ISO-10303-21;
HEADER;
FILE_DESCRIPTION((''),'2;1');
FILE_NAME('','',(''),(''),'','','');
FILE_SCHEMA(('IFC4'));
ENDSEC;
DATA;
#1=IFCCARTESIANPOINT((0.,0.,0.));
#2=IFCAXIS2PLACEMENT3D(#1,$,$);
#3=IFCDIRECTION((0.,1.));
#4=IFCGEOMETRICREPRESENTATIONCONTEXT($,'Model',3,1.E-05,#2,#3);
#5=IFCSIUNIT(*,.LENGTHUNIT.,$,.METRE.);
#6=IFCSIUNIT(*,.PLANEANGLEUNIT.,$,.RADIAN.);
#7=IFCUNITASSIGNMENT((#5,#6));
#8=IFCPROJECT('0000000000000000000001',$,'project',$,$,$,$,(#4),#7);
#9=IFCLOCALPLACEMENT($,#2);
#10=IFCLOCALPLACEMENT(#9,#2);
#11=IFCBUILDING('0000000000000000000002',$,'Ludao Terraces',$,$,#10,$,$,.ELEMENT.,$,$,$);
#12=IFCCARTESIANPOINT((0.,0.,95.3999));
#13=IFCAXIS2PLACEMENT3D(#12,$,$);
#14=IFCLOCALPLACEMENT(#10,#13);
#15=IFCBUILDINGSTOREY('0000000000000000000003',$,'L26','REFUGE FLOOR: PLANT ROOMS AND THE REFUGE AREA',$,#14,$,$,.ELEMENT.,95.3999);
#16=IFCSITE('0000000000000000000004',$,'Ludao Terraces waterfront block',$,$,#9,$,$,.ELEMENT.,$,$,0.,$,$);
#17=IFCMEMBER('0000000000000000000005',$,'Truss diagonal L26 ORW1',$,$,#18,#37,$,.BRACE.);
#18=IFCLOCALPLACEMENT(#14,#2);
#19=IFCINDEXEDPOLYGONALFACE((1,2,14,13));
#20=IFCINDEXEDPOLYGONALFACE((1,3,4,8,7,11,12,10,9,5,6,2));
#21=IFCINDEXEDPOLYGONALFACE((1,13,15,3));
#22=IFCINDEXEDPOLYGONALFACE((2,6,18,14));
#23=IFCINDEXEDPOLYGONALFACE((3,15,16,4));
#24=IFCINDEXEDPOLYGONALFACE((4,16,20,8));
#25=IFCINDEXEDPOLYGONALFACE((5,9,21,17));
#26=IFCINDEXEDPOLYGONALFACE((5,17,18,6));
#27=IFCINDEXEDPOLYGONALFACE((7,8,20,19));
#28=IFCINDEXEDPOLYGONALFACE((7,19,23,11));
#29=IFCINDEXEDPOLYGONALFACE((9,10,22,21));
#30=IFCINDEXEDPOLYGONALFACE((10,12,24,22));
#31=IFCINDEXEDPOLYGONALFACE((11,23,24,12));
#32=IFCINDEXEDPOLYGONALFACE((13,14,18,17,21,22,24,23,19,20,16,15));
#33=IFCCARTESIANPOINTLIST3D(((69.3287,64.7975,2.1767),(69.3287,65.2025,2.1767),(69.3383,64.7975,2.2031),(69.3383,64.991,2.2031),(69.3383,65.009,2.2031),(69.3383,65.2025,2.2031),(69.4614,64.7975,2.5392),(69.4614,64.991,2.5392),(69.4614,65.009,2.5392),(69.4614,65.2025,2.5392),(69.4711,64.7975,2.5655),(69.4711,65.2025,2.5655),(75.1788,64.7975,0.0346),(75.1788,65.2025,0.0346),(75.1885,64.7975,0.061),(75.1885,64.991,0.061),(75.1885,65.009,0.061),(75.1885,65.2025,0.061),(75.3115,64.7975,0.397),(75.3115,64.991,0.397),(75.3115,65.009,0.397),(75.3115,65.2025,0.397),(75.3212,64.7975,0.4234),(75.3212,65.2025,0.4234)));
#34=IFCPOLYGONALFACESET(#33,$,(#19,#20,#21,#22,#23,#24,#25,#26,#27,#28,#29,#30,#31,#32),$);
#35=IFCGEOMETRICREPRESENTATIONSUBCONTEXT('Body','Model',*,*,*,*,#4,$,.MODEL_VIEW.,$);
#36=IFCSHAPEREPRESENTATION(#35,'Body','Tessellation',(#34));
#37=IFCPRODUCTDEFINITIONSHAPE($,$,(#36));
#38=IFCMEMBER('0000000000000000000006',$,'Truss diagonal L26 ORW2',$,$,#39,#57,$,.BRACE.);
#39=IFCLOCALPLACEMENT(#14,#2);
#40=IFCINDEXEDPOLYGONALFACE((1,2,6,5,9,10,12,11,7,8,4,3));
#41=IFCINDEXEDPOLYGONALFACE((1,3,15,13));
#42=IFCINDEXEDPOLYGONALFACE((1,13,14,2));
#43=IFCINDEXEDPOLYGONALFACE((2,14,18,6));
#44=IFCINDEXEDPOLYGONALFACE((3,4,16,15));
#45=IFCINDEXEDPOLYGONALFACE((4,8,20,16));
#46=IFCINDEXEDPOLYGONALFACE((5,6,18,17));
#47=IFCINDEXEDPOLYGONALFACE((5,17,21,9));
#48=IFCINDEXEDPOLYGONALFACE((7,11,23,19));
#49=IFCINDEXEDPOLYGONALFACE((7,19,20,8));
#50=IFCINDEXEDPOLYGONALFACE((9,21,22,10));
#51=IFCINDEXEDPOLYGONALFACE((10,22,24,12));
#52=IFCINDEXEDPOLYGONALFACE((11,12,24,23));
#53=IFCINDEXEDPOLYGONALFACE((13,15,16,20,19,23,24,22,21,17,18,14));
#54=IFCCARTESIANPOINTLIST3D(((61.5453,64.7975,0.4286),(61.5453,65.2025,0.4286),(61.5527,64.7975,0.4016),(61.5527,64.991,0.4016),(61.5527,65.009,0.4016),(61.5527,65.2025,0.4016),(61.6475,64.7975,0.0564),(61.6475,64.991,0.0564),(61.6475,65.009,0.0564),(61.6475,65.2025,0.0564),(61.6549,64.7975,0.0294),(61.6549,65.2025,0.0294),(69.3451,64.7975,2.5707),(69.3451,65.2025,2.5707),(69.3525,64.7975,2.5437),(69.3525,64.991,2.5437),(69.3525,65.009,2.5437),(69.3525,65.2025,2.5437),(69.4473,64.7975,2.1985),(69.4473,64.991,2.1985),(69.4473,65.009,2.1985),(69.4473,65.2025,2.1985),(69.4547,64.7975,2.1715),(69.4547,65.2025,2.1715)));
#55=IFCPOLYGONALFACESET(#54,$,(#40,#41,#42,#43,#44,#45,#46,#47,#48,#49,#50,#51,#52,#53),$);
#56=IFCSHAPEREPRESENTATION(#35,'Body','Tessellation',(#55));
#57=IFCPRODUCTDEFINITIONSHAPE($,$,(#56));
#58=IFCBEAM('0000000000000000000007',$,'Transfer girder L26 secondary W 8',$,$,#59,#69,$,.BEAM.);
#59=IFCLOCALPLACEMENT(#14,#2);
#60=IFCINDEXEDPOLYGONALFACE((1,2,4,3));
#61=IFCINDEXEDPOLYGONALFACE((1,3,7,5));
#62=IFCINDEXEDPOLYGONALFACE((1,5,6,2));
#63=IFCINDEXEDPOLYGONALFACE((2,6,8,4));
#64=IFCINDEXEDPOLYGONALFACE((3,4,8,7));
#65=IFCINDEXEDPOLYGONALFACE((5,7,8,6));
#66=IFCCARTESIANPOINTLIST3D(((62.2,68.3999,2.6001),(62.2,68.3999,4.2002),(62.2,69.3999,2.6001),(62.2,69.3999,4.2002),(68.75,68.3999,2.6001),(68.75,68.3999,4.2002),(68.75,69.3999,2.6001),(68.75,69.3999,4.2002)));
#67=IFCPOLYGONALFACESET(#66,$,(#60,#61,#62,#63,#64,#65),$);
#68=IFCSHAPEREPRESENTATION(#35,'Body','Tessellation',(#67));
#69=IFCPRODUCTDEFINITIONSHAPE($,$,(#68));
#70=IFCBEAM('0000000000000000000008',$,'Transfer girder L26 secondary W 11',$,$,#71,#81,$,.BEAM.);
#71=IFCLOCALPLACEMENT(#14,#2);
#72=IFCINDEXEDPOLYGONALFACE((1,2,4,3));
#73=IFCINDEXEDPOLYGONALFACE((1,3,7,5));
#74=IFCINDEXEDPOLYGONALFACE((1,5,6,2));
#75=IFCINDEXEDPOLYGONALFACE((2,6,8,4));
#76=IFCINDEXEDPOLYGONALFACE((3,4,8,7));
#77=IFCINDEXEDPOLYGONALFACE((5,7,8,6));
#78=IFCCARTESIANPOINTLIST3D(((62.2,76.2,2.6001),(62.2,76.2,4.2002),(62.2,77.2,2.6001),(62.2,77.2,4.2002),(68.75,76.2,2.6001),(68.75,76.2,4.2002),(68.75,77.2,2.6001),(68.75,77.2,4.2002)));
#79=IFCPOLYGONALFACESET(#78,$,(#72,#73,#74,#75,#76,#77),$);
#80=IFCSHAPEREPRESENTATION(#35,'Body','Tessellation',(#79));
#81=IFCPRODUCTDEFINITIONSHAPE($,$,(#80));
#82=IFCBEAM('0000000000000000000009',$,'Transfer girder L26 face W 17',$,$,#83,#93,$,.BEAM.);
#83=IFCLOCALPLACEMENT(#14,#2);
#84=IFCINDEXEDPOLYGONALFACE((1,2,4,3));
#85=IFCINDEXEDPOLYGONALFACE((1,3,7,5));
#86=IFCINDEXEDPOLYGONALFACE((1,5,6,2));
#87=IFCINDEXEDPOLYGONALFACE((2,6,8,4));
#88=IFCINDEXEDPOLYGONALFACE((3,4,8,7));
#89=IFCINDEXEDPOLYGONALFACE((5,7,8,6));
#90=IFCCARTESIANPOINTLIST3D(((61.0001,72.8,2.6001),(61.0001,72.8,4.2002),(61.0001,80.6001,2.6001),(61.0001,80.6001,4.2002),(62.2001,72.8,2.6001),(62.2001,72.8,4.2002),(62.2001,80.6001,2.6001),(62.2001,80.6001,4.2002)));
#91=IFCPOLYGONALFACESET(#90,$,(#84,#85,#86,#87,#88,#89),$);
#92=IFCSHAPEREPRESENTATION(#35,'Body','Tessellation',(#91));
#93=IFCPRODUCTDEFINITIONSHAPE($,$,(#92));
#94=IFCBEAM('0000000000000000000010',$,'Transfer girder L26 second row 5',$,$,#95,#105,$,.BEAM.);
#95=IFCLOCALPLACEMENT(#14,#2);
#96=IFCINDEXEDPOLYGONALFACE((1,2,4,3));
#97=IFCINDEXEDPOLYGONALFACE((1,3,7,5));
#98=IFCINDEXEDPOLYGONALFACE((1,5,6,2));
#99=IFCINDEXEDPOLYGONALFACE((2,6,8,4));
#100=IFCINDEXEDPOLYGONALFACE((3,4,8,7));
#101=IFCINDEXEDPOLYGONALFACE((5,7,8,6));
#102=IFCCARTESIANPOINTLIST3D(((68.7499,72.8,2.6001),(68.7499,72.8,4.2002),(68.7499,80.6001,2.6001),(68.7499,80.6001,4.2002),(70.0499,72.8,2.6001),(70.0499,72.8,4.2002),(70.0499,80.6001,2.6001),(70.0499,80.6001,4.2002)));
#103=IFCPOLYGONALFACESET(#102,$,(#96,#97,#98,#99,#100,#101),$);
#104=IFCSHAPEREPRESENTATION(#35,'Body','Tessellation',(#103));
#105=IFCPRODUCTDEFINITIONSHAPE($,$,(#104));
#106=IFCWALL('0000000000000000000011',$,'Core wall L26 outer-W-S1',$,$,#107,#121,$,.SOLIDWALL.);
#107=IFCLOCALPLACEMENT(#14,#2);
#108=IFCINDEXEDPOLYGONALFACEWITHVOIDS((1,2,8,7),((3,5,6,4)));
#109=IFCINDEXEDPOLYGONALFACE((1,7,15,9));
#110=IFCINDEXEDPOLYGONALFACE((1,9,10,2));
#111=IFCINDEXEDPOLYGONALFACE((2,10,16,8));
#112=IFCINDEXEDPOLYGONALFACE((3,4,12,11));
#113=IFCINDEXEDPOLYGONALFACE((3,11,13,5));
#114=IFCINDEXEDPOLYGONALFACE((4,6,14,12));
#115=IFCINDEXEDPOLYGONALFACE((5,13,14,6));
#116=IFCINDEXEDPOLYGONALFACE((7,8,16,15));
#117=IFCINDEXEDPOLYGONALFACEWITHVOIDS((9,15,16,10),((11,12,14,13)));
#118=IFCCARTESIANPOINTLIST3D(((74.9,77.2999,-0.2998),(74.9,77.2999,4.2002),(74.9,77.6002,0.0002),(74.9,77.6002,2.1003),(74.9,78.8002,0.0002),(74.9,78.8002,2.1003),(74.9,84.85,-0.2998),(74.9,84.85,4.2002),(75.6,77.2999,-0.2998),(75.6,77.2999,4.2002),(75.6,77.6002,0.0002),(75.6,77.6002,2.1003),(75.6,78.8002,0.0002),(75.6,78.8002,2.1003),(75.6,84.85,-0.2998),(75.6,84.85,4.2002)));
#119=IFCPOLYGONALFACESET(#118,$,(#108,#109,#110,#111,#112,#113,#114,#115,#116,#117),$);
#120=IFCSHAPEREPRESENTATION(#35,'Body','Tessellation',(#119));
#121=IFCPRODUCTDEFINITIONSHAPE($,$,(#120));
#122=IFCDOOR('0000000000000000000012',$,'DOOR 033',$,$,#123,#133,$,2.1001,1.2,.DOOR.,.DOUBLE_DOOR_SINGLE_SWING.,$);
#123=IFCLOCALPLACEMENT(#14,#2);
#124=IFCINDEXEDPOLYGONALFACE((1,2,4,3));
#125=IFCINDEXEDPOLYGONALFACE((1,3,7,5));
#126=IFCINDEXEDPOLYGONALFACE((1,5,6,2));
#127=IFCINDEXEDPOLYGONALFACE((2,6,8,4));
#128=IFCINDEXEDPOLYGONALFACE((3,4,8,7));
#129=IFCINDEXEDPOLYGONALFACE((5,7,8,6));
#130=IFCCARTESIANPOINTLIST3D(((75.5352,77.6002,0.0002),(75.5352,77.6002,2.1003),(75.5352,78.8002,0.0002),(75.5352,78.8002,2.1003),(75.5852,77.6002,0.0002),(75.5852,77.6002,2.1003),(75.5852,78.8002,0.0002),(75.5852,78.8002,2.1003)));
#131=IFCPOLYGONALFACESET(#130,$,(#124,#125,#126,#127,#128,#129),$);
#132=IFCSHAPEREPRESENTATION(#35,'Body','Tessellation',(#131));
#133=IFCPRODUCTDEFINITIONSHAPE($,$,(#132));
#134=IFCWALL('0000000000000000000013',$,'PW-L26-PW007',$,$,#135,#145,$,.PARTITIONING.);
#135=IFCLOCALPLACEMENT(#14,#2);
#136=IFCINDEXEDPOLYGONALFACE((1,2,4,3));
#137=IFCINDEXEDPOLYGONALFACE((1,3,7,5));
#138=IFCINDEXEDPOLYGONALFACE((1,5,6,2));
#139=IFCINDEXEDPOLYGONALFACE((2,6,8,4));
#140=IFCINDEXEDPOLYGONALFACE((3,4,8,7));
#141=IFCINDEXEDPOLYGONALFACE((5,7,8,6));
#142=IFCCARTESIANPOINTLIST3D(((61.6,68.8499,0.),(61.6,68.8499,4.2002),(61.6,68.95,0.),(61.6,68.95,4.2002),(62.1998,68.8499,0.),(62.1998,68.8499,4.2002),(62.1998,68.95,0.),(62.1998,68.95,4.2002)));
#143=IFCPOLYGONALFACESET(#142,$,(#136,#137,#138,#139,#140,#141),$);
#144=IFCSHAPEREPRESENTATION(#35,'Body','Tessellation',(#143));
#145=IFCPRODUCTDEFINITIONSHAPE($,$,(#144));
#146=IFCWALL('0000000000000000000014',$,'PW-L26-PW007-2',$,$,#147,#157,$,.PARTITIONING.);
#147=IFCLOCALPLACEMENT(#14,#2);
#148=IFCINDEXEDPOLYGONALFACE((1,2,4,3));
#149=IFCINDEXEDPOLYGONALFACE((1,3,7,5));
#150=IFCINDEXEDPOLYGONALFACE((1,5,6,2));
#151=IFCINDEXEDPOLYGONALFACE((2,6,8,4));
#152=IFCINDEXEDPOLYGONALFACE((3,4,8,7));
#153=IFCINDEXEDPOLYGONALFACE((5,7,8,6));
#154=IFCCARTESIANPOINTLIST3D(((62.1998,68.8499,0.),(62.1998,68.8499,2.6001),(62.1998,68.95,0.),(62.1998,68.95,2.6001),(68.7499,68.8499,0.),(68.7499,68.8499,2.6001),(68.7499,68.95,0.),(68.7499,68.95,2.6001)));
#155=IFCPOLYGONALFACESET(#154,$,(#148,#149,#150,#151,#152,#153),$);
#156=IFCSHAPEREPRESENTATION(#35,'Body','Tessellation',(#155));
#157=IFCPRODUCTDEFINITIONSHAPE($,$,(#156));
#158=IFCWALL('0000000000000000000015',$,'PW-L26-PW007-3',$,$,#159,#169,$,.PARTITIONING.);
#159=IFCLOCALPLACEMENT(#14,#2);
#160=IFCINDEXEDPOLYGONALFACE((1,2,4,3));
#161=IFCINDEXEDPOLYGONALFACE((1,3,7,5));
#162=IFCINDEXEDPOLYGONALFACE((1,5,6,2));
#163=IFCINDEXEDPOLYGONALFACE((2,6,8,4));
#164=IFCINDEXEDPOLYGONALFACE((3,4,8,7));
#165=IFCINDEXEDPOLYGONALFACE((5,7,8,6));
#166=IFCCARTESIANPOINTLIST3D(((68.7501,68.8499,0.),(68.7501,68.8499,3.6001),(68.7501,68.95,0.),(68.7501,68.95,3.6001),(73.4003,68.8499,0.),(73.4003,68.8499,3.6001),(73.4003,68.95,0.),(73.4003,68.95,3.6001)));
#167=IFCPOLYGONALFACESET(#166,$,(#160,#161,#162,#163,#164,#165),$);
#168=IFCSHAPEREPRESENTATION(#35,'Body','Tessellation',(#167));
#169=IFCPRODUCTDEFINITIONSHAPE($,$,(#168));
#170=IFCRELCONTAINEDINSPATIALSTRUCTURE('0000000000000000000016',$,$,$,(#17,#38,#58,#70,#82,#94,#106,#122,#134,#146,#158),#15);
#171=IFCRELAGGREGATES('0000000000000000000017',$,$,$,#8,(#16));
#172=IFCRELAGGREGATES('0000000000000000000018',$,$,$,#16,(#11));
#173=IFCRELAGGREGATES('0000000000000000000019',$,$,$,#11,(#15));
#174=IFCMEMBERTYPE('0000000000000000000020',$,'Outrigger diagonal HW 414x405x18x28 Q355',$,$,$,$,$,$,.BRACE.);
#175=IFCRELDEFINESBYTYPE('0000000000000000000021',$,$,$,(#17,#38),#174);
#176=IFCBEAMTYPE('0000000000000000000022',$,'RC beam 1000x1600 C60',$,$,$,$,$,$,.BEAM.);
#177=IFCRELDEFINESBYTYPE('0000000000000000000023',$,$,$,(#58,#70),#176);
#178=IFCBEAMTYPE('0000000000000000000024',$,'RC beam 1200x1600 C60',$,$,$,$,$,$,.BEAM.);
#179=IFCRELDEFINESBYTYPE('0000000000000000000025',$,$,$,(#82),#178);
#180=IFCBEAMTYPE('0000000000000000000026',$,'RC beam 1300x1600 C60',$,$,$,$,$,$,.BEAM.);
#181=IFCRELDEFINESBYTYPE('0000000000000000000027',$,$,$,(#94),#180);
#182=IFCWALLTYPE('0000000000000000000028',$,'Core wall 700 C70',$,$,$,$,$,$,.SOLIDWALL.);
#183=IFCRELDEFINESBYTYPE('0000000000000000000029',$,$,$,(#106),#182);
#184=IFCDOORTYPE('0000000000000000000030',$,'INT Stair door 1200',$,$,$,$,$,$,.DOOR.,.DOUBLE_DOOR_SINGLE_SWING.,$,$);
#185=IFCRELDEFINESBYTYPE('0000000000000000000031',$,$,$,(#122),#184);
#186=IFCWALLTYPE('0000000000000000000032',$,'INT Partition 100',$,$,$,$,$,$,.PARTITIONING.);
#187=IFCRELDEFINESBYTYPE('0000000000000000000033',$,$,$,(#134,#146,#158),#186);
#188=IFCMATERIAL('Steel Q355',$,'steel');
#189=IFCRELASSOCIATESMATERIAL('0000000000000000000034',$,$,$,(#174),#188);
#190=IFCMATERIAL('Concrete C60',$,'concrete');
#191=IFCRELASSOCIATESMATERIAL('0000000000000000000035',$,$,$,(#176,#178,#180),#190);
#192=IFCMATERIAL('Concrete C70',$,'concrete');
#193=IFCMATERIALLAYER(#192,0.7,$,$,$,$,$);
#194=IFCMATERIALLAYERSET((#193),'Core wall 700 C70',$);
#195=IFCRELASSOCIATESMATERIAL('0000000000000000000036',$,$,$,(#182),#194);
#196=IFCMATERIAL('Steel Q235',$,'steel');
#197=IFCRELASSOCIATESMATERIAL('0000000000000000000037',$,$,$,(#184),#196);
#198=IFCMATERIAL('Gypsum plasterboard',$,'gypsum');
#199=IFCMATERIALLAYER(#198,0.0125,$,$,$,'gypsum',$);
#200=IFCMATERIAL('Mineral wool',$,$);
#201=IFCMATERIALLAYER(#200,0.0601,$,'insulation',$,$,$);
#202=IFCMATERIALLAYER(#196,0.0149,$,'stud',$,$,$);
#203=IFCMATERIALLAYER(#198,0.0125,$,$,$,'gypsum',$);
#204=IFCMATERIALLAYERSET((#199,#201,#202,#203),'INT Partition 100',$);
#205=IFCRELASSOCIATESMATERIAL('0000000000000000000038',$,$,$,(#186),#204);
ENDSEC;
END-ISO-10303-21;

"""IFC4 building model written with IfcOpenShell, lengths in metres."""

from ifc_helpers import new_model, si_unit, direction, frame, frame_2d, origin, origin_2d, place, context, subcontext, project, spatial, rectangle, i_section, extrude, material, layer, layer_set, material_profile, profile_set, type_object, element, fill, save


model = new_model("IFC4")

# Units and contexts
model_context = context("Model", 3, precision=1e-05, world=origin(), true_north=direction((0.0, 1.0)))
body_context = subcontext(model_context, "Body", "Model", "MODEL_VIEW")
ifc_project = project(units=[si_unit("LENGTHUNIT", "METRE"), si_unit("PLANEANGLEUNIT", "RADIAN")], contexts=[model_context])

# Site, building, storey
site_placement = place(None, origin())
site = spatial("IfcSite", under=ifc_project, at=site_placement, Name="Ludao Terraces waterfront block", CompositionType="ELEMENT", RefElevation=0.0)
building_placement = place(site_placement, origin())
building = spatial("IfcBuilding", under=site, at=building_placement, Name="Ludao Terraces", CompositionType="ELEMENT")
storey_placement = place(building_placement, frame((0.0, 0.0, 95.3999)))
storey = spatial("IfcBuildingStorey", under=building, at=storey_placement, Name="L26", Description="REFUGE FLOOR: PLANT ROOMS AND THE REFUGE AREA", CompositionType="ELEMENT", Elevation=95.3999)

# Members
ifc_material_1 = material(Name="Steel Q355", Category="steel")
ifc_material_profile_1 = material_profile(ifc_material_1, i_section(OverallWidth=0.405, OverallDepth=0.4141, WebThickness=0.0181, FlangeThickness=0.0281, at=origin_2d()), Name="HW 414X405X18X28")
ifc_profile_set_1 = profile_set([ifc_material_profile_1], Name="Steel Q355")
member_type_1 = type_object("IfcMemberType", Name="Outrigger diagonal HW 414x405x18x28 Q355", PredefinedType="BRACE", material=ifc_profile_set_1)
member_1_placement = place(storey_placement, frame((75.25, 65.0, 0.229), z_axis=(-0.939029, 0.0, 0.343838), x_axis=(0.0, -1.0, 0.0)))
element("IfcMember", 1, at=member_1_placement, inside=storey, type_object=member_type_1, Name="Truss diagonal L26 ORW1", PredefinedType="BRACE", context=body_context, shape_type="SweptSolid", body=[
    extrude(i_section(OverallWidth=0.405, OverallDepth=0.4141, WebThickness=0.0181, FlangeThickness=0.0281, at=origin_2d()), origin(), (0.0, 0.0, 1.0), 6.23),
])
member_2_placement = place(storey_placement, frame((69.3999, 65.0, 2.3711), z_axis=(-0.964296, 0.0, -0.264828), x_axis=(0.0, -1.0, 0.0)))
element("IfcMember", 2, at=member_2_placement, inside=storey, type_object=member_type_1, Name="Truss diagonal L26 ORW2", PredefinedType="BRACE", context=body_context, shape_type="SweptSolid", body=[
    extrude(i_section(OverallWidth=0.405, OverallDepth=0.4141, WebThickness=0.0181, FlangeThickness=0.0281, at=origin_2d()), origin(), (0.0, 0.0, 1.0), 8.0886),
])

# Beams
ifc_material_2 = material(Name="Concrete C60", Category="concrete")
ifc_material_profile_2 = material_profile(ifc_material_2, rectangle(XDim=1.0, YDim=1.6001, at=origin_2d()), Name="1000 X 1600")
ifc_profile_set_2 = profile_set([ifc_material_profile_2], Name="Concrete C60")
beam_type_1 = type_object("IfcBeamType", Name="RC beam 1000x1600 C60", PredefinedType="BEAM", material=ifc_profile_set_2)
for number, where, z_axis, x_axis, name in (
    (3, (62.2, 68.8999, 3.4001), (1.0, 0.0, 0.0), (0.0, 1.0, 0.0), "Transfer girder L26 secondary W 8"),
    (4, (62.2, 76.7, 3.4001), (1.0, 0.0, 0.0), (0.0, 1.0, 0.0), "Transfer girder L26 secondary W 11"),
):
    element("IfcBeam", number, at=place(storey_placement, frame(where, z_axis=z_axis, x_axis=x_axis)), inside=storey, type_object=beam_type_1, Name=name, PredefinedType="BEAM", context=body_context, shape_type="SweptSolid", body=[
        extrude(rectangle(XDim=1.0, YDim=1.6001, at=origin_2d()), origin(), (0.0, 0.0, 1.0), 6.55),
    ])
ifc_material_profile_3 = material_profile(ifc_material_2, rectangle(XDim=1.2, YDim=1.6001, at=origin_2d()), Name="1200 X 1600")
ifc_profile_set_3 = profile_set([ifc_material_profile_3], Name="Concrete C60")
beam_type_2 = type_object("IfcBeamType", Name="RC beam 1200x1600 C60", PredefinedType="BEAM", material=ifc_profile_set_3)
beam_1_placement = place(storey_placement, frame((61.6001, 72.8, 3.4001), z_axis=(0.0, 1.0, 0.0), x_axis=(-1.0, 0.0, 0.0)))
element("IfcBeam", 5, at=beam_1_placement, inside=storey, type_object=beam_type_2, Name="Transfer girder L26 face W 17", PredefinedType="BEAM", context=body_context, shape_type="SweptSolid", body=[
    extrude(rectangle(XDim=1.2, YDim=1.6001, at=origin_2d()), origin(), (0.0, 0.0, 1.0), 7.8),
])
ifc_material_profile_4 = material_profile(ifc_material_2, rectangle(XDim=1.3, YDim=1.6001, at=origin_2d()), Name="1300 X 1600")
ifc_profile_set_4 = profile_set([ifc_material_profile_4], Name="Concrete C60")
beam_type_3 = type_object("IfcBeamType", Name="RC beam 1300x1600 C60", PredefinedType="BEAM", material=ifc_profile_set_4)
beam_2_placement = place(storey_placement, frame((69.3999, 72.8, 3.4001), z_axis=(0.0, 1.0, 0.0), x_axis=(-1.0, 0.0, 0.0)))
element("IfcBeam", 6, at=beam_2_placement, inside=storey, type_object=beam_type_3, Name="Transfer girder L26 second row 5", PredefinedType="BEAM", context=body_context, shape_type="SweptSolid", body=[
    extrude(rectangle(XDim=1.3, YDim=1.6001, at=origin_2d()), origin(), (0.0, 0.0, 1.0), 7.8),
])

# Wall, opening, door
ifc_material_3 = material(Name="Concrete C70", Category="concrete")
ifc_layer_1 = layer(ifc_material_3, 0.7)
ifc_layer_set_1 = layer_set([ifc_layer_1], Name="Core wall 700 C70")
wall_type_1 = type_object("IfcWallType", Name="Core wall 700 C70", PredefinedType="SOLIDWALL", material=ifc_layer_set_1)
wall_1_placement = place(storey_placement, frame((75.25, 77.3, -0.2998), z_axis=(0.0, 0.0, 1.0), x_axis=(0.0, 1.0, 0.0)))
wall_1 = element("IfcWall", 7, at=wall_1_placement, inside=storey, type_object=wall_type_1, Name="Core wall L26 outer-W-S1", PredefinedType="SOLIDWALL", context=body_context, shape_type="SweptSolid", body=[
    extrude(rectangle(XDim=7.55, YDim=0.7, at=frame_2d((3.7749, 0.0))), origin(), (0.0, 0.0, 1.0), 4.5),
])
opening_placement = place(wall_1_placement, frame((0.3, 0.0, 0.3)))
opening = element("IfcOpeningElement", 8, at=opening_placement, cuts=wall_1, PredefinedType="OPENING", context=body_context, shape_type="SweptSolid", body=[
    extrude(rectangle(XDim=1.2, YDim=2.1001, at=frame_2d((0.6001, 1.05))), frame((0.0, 0.3599, 0.0), z_axis=(0.0, -1.0, 0.0), x_axis=(1.0, 0.0, 0.0)), (0.0, 0.0, 1.0), 0.72),
])
ifc_material_4 = material(Name="Steel Q235", Category="steel")
door_type = type_object("IfcDoorType", Name="INT Stair door 1200", OperationType="DOUBLE_DOOR_SINGLE_SWING", PredefinedType="DOOR", material=ifc_material_4)
door_placement = place(opening_placement, origin())
door = element("IfcDoor", 9, at=door_placement, inside=storey, type_object=door_type, Name="DOOR 033", OperationType="DOUBLE_DOOR_SINGLE_SWING", OverallHeight=2.1001, OverallWidth=1.2, PredefinedType="DOOR", context=body_context, shape_type="SweptSolid", body=[
    extrude(rectangle(XDim=1.2, YDim=2.1001, at=frame_2d((0.6001, 1.05))), frame((0.0, -0.2852, 0.0), z_axis=(0.0, -1.0, 0.0), x_axis=(1.0, 0.0, 0.0)), (0.0, 0.0, 1.0), 0.05),
])
fill(opening, door)

# Walls
ifc_material_5 = material(Name="Gypsum plasterboard", Category="gypsum")
ifc_layer_2 = layer(ifc_material_5, 0.0125, Category="gypsum")
ifc_material_6 = material(Name="Mineral wool")
ifc_layer_3 = layer(ifc_material_6, 0.0601, Name="insulation")
ifc_layer_4 = layer(ifc_material_4, 0.0149, Name="stud")
ifc_layer_5 = layer(ifc_material_5, 0.0125, Category="gypsum")
ifc_layer_set_2 = layer_set([ifc_layer_2, ifc_layer_3, ifc_layer_4, ifc_layer_5], Name="INT Partition 100")
wall_type_2 = type_object("IfcWallType", Name="INT Partition 100", PredefinedType="PARTITIONING", material=ifc_layer_set_2)
wall_2_placement = place(storey_placement, frame((61.6001, 68.8999, 0.0), z_axis=(0.0, 0.0, 1.0), x_axis=(1.0, 0.0, 0.0)))
element("IfcWall", 10, at=wall_2_placement, inside=storey, type_object=wall_type_2, Name="PW-L26-PW007", PredefinedType="PARTITIONING", context=body_context, shape_type="SweptSolid", body=[
    extrude(rectangle(XDim=0.5999, YDim=0.1001, at=frame_2d((0.2998, 0.0))), origin(), (0.0, 0.0, 1.0), 4.2002),
])
wall_3_placement = place(storey_placement, frame((62.2, 68.8999, 0.0), z_axis=(0.0, 0.0, 1.0), x_axis=(1.0, 0.0, 0.0)))
element("IfcWall", 11, at=wall_3_placement, inside=storey, type_object=wall_type_2, Name="PW-L26-PW007-2", PredefinedType="PARTITIONING", context=body_context, shape_type="SweptSolid", body=[
    extrude(rectangle(XDim=6.55, YDim=0.1001, at=frame_2d((3.2749, 0.0))), origin(), (0.0, 0.0, 1.0), 2.6001),
])
wall_4_placement = place(storey_placement, frame((68.75, 68.8999, 0.0), z_axis=(0.0, 0.0, 1.0), x_axis=(1.0, 0.0, 0.0)))
element("IfcWall", 12, at=wall_4_placement, inside=storey, type_object=wall_type_2, Name="PW-L26-PW007-3", PredefinedType="PARTITIONING", context=body_context, shape_type="SweptSolid", body=[
    extrude(rectangle(XDim=4.6501, YDim=0.1001, at=frame_2d((2.3252, 0.0))), origin(), (0.0, 0.0, 1.0), 3.6001),
])

save(model, "model.ifc")
